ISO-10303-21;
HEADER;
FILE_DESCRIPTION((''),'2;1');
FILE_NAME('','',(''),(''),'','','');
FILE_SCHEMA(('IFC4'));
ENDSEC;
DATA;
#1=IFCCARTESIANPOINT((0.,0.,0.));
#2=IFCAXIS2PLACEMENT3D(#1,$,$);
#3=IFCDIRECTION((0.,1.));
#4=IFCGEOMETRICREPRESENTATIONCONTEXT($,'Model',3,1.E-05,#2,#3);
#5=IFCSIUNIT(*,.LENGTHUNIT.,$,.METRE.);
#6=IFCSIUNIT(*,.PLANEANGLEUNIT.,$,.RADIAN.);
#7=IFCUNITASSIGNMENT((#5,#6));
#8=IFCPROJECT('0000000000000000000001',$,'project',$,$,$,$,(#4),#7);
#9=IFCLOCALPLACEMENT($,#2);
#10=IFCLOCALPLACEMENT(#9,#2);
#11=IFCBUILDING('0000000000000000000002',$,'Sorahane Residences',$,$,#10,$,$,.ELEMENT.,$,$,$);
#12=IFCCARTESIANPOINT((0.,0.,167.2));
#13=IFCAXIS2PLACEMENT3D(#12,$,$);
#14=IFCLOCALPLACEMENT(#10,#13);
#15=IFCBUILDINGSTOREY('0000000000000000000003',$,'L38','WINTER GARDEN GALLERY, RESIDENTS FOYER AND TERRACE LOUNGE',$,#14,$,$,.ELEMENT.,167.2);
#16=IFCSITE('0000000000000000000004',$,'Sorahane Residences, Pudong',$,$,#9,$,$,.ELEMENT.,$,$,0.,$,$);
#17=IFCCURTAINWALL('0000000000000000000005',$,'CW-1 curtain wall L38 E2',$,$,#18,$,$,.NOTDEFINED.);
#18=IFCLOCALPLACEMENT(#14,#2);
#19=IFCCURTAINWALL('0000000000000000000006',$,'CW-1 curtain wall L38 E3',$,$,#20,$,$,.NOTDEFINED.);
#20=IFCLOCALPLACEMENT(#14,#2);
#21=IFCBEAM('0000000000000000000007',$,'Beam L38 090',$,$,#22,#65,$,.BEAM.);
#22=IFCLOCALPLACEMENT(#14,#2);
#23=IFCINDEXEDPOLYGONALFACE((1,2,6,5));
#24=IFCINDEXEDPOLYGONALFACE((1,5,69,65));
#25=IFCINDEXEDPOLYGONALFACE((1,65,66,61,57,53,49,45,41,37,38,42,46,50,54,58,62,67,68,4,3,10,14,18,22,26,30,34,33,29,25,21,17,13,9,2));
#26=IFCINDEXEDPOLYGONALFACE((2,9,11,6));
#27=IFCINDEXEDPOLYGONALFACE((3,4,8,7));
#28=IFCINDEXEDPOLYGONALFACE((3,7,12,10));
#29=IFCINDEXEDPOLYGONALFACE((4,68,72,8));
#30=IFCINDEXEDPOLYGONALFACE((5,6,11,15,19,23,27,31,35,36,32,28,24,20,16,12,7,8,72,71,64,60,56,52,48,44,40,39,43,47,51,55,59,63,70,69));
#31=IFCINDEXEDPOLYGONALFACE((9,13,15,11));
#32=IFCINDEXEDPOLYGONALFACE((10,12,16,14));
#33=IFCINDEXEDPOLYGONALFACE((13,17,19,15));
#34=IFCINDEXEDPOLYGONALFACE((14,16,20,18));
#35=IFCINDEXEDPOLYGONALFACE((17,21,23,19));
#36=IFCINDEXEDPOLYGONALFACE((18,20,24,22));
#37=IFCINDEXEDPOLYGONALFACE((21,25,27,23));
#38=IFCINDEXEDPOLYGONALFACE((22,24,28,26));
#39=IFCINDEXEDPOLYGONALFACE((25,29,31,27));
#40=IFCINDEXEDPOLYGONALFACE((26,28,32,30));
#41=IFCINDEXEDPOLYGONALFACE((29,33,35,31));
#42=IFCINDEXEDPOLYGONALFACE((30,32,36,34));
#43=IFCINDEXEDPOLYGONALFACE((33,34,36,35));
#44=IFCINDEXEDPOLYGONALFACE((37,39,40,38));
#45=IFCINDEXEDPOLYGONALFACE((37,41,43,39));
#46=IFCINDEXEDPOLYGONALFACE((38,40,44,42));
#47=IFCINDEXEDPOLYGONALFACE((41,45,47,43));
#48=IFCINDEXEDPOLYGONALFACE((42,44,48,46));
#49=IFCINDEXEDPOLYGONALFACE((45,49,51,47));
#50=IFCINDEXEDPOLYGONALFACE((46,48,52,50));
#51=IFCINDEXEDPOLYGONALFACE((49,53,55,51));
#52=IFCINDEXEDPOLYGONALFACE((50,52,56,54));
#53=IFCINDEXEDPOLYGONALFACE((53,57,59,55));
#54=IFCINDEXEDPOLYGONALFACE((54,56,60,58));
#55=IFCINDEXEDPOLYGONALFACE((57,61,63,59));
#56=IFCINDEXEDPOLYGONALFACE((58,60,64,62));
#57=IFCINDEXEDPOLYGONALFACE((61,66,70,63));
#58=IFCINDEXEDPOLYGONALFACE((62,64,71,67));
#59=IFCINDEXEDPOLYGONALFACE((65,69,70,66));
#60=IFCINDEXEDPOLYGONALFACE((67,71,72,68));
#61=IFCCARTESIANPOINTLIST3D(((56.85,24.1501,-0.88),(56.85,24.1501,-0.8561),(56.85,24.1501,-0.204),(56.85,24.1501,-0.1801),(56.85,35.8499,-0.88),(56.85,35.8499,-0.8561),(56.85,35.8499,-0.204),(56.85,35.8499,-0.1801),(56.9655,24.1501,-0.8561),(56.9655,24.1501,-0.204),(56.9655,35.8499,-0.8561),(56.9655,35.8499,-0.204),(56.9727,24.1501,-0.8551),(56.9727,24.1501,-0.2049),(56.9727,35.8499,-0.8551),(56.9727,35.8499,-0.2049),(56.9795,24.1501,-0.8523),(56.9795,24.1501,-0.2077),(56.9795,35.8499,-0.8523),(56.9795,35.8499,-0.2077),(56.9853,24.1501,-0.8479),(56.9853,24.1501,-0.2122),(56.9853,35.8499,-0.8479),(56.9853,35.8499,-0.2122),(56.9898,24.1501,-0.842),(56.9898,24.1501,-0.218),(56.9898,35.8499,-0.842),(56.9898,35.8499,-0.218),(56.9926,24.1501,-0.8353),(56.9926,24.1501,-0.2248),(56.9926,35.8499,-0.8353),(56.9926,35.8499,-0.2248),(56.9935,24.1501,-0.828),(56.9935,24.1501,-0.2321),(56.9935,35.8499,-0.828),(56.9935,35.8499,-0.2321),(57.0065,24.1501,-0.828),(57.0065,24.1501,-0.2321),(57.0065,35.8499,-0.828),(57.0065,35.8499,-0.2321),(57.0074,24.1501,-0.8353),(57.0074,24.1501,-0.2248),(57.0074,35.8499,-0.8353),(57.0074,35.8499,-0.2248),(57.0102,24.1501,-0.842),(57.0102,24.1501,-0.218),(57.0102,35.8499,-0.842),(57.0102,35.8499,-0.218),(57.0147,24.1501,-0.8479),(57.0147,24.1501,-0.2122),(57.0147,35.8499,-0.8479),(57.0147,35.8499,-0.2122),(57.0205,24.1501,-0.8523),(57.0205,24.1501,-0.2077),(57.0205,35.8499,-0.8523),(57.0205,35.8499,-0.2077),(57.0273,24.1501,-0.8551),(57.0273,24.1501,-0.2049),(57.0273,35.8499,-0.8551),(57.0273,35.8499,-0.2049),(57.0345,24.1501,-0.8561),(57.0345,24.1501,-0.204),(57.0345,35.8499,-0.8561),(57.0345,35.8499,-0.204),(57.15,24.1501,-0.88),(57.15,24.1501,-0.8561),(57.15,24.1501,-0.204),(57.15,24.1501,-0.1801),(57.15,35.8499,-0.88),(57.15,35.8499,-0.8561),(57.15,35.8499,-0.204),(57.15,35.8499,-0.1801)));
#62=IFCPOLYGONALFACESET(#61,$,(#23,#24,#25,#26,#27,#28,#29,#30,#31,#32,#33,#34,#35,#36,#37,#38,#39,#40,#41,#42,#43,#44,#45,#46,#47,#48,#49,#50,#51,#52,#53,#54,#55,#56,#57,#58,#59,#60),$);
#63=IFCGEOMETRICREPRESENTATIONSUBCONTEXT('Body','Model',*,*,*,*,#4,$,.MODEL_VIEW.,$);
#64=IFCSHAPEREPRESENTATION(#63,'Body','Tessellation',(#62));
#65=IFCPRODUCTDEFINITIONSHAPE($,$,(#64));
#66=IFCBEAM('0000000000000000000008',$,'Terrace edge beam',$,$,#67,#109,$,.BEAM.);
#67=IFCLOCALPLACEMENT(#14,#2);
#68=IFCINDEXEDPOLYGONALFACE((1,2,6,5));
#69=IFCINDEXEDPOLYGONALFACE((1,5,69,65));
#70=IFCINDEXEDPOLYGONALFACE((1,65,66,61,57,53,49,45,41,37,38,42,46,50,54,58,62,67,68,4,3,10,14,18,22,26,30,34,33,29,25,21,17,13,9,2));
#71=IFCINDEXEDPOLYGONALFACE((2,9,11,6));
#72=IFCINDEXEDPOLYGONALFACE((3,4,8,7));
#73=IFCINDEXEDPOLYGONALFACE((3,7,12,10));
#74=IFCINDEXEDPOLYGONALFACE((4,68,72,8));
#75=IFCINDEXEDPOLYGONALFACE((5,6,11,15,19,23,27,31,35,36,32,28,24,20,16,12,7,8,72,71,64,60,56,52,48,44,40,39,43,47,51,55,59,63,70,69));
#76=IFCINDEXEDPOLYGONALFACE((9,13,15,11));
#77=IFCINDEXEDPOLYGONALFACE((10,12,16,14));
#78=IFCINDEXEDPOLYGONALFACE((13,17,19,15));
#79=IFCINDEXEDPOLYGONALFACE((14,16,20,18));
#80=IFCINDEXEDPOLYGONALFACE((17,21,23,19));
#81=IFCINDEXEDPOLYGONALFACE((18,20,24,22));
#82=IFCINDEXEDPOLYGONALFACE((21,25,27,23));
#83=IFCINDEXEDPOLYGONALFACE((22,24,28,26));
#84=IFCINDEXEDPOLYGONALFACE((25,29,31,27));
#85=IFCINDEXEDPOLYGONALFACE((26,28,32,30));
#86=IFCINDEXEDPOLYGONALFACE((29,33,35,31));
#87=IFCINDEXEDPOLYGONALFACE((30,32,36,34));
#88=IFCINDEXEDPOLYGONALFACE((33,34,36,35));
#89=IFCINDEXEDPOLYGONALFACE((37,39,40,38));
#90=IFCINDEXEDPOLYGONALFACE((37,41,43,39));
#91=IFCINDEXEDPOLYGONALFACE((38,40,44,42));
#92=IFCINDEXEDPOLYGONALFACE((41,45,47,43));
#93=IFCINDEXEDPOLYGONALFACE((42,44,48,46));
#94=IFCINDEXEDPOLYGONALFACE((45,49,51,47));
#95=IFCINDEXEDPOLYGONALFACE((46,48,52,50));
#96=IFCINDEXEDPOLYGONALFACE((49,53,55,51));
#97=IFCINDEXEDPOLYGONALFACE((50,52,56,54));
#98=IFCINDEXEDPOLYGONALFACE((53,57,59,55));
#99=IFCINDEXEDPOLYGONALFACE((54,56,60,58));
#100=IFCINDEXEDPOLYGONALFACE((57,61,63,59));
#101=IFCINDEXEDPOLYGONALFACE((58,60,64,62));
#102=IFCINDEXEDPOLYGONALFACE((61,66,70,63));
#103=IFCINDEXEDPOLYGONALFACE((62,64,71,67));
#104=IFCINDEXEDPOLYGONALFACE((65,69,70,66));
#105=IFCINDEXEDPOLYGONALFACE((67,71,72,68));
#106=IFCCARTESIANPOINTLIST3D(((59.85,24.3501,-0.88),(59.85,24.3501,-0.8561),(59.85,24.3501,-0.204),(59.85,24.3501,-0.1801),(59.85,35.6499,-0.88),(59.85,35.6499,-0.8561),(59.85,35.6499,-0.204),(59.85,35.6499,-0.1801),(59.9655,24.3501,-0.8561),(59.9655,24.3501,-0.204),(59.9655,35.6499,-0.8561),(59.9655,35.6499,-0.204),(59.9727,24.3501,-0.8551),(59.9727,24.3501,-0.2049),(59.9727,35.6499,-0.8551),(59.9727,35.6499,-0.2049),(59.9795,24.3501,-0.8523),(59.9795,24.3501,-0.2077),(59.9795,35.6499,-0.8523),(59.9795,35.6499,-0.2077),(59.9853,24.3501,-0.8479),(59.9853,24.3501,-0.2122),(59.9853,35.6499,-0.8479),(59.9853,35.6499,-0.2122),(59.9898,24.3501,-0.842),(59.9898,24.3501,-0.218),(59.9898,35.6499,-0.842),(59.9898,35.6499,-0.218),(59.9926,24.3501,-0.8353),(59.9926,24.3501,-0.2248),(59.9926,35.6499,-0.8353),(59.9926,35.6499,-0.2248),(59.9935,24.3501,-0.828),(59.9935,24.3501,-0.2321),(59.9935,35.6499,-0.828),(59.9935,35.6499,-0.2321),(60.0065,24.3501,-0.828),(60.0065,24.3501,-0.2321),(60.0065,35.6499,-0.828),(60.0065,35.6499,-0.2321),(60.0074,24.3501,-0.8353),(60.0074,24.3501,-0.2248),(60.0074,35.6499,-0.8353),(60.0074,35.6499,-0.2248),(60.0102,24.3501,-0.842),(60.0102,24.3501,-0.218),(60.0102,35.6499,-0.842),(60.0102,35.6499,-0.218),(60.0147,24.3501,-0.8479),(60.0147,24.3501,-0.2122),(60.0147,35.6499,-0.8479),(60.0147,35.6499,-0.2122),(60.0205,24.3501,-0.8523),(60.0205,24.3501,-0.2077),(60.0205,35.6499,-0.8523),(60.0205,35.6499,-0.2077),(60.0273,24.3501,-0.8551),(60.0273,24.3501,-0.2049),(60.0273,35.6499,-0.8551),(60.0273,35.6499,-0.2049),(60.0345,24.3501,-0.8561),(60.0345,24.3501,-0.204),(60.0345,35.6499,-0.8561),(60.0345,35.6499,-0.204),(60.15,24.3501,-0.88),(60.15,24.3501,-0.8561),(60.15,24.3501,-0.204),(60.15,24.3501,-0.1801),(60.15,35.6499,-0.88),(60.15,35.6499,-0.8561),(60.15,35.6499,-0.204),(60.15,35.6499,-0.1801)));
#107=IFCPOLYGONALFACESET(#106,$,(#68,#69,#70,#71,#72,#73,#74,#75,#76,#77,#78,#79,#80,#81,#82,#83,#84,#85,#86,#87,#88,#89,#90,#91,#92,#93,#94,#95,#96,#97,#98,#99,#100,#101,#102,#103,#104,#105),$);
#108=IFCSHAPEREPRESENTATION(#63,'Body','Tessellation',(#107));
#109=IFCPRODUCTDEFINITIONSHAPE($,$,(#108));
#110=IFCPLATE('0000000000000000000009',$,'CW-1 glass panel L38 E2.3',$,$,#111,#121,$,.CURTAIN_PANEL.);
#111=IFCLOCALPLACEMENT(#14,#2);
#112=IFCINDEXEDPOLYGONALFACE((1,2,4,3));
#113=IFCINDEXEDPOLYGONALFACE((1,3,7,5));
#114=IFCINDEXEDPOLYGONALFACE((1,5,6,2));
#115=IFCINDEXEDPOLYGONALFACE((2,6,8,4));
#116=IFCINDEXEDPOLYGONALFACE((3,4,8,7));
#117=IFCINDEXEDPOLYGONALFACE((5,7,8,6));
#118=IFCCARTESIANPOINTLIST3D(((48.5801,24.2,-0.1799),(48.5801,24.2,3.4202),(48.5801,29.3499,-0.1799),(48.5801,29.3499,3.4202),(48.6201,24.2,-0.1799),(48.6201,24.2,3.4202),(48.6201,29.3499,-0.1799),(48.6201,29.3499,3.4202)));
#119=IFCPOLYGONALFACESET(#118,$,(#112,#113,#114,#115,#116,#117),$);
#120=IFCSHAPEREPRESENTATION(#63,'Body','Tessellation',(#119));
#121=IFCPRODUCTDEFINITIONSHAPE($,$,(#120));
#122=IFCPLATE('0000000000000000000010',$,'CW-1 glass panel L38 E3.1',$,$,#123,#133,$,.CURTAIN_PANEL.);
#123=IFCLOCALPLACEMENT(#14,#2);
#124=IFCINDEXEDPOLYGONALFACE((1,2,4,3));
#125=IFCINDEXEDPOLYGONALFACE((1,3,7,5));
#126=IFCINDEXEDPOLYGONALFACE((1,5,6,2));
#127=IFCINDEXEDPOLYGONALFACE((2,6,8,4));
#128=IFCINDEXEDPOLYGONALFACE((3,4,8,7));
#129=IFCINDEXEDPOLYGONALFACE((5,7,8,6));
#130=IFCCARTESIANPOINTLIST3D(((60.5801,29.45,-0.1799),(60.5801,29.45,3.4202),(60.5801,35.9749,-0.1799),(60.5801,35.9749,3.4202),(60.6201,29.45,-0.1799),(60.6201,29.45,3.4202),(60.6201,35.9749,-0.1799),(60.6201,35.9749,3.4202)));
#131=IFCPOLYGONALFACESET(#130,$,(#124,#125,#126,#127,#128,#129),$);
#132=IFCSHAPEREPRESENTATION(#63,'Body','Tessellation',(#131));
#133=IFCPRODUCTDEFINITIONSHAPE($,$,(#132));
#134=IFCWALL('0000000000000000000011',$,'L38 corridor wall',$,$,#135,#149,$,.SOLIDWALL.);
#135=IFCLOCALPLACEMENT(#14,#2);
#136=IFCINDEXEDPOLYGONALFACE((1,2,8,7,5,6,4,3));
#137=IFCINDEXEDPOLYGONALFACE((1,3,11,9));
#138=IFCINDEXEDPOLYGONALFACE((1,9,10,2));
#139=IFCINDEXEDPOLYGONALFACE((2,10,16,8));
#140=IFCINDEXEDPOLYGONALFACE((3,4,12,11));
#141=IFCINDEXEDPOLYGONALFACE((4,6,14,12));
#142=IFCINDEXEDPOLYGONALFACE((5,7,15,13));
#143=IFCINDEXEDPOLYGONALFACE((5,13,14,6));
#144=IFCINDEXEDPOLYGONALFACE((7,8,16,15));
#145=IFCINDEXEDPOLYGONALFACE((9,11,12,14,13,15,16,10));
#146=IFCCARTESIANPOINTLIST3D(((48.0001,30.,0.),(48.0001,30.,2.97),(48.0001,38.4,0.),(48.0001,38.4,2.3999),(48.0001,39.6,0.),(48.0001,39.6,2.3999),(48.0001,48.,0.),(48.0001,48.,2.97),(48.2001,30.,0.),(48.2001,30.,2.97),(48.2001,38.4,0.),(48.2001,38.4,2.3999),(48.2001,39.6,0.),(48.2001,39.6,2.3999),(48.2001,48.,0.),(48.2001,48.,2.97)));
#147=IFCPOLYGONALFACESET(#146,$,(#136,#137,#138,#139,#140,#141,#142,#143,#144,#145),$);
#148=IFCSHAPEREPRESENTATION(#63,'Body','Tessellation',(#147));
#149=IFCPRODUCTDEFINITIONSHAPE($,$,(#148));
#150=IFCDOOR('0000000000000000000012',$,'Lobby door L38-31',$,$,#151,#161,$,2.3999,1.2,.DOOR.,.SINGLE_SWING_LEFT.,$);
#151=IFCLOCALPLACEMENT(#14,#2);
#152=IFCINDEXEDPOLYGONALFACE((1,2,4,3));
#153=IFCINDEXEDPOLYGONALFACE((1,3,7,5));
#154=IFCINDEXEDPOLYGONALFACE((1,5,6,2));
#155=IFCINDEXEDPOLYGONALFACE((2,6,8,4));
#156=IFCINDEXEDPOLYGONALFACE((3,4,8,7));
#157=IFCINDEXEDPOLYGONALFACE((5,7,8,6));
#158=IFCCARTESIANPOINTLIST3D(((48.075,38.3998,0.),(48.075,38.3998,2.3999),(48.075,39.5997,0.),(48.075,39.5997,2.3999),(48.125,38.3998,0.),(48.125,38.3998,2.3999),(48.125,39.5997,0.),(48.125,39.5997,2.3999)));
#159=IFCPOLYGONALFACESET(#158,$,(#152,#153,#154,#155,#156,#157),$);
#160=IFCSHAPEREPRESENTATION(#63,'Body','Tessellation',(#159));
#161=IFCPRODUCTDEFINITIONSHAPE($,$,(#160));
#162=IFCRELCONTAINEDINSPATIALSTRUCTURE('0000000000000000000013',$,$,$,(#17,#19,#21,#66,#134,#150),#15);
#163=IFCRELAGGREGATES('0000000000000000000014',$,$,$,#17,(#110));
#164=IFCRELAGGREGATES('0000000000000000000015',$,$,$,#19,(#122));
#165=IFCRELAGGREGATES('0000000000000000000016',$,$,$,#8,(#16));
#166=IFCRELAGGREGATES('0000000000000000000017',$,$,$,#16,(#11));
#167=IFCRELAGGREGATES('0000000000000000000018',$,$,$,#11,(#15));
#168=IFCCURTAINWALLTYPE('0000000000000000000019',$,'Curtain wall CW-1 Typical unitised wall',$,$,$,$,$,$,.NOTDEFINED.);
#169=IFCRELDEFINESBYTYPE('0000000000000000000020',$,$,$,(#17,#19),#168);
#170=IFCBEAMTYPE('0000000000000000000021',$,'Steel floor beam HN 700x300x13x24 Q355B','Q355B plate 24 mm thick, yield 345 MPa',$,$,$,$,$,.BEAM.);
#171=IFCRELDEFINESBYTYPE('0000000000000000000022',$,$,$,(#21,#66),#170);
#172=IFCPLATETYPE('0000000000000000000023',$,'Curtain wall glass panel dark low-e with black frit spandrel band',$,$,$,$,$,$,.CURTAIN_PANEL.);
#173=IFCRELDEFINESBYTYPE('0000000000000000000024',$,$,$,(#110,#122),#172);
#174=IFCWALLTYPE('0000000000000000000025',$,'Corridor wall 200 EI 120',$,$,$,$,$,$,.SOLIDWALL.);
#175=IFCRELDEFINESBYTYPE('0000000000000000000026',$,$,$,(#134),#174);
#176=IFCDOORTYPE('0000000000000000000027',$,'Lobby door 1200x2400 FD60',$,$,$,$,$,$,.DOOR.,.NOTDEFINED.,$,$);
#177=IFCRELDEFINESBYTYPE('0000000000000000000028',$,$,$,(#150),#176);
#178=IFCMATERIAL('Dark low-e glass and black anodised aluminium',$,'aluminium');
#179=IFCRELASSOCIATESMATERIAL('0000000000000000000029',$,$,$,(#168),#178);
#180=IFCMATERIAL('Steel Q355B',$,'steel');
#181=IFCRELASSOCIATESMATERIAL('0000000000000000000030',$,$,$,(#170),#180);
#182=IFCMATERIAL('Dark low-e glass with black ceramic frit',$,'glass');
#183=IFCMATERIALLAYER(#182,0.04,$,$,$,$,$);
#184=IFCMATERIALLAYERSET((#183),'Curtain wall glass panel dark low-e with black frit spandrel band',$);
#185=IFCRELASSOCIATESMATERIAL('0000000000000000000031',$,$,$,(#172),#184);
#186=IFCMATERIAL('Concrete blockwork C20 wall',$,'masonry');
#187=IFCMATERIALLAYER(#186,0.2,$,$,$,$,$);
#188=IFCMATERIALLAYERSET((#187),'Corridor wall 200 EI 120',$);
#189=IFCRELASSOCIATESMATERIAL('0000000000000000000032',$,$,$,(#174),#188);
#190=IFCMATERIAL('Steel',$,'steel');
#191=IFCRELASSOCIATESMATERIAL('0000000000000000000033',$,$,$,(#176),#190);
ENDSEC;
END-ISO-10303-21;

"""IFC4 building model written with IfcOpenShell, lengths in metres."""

from ifc_helpers import new_model, si_unit, direction, frame, frame_2d, origin, origin_2d, place, context, subcontext, project, spatial, rectangle, i_section, extrude, material, layer, layer_set, material_profile, profile_set, type_object, element, fill, aggregate, save


model = new_model("IFC4")

# Units and contexts
model_context = context("Model", 3, precision=1e-05, world=origin(), true_north=direction((0.0, 1.0)))
body_context = subcontext(model_context, "Body", "Model", "MODEL_VIEW")
ifc_project = project(units=[si_unit("LENGTHUNIT", "METRE"), si_unit("PLANEANGLEUNIT", "RADIAN")], contexts=[model_context])

# Site, building, storey
site_placement = place(None, origin())
site = spatial("IfcSite", under=ifc_project, at=site_placement, Name="Sorahane Residences, Pudong", CompositionType="ELEMENT", RefElevation=0.0)
building_placement = place(site_placement, origin())
building = spatial("IfcBuilding", under=site, at=building_placement, Name="Sorahane Residences", CompositionType="ELEMENT")
storey_placement = place(building_placement, frame((0.0, 0.0, 167.2)))
storey = spatial("IfcBuildingStorey", under=building, at=storey_placement, Name="L38", Description="WINTER GARDEN GALLERY, RESIDENTS FOYER AND TERRACE LOUNGE", CompositionType="ELEMENT", Elevation=167.2)

# Curtain wall
ifc_material_1 = material(Name="Dark low-e glass and black anodised aluminium", Category="aluminium")
curtain_wall_type = type_object("IfcCurtainWallType", Name="Curtain wall CW-1 Typical unitised wall", PredefinedType="NOTDEFINED", material=ifc_material_1)
curtain_wall_1_placement = place(storey_placement, origin())
curtain_wall_1 = element("IfcCurtainWall", 1, at=curtain_wall_1_placement, inside=storey, type_object=curtain_wall_type, Name="CW-1 curtain wall L38 E2", PredefinedType="NOTDEFINED")

# Curtain wall
curtain_wall_2_placement = place(storey_placement, origin())
curtain_wall_2 = element("IfcCurtainWall", 2, at=curtain_wall_2_placement, inside=storey, type_object=curtain_wall_type, Name="CW-1 curtain wall L38 E3", PredefinedType="NOTDEFINED")

# Beams
ifc_material_2 = material(Name="Steel Q355B", Category="steel")
ifc_material_profile_1 = material_profile(ifc_material_2, i_section(OverallWidth=0.3, OverallDepth=0.7, WebThickness=0.0129, FlangeThickness=0.0239, FilletRadius=0.0281, at=origin_2d()), Name="HN 700x300x13x24")
ifc_profile_set_1 = profile_set([ifc_material_profile_1], Name="Steel Q355B")
beam_type_1 = type_object("IfcBeamType", Name="Steel floor beam HN 700x300x13x24 Q355B", Description="Q355B plate 24 mm thick, yield 345 MPa", PredefinedType="BEAM", material=ifc_profile_set_1)
beam_1_placement = place(storey_placement, frame((57.0, 24.1501, -0.53), z_axis=(0.0, 1.0, 0.0), x_axis=(-1.0, 0.0, 0.0)))
element("IfcBeam", 3, at=beam_1_placement, inside=storey, type_object=beam_type_1, Name="Beam L38 090", PredefinedType="BEAM", context=body_context, shape_type="SweptSolid", body=[
    extrude(i_section(OverallWidth=0.3, OverallDepth=0.7, WebThickness=0.0129, FlangeThickness=0.0239, FilletRadius=0.0281, at=origin_2d()), origin(), (0.0, 0.0, 1.0), 11.6997),
])
beam_2_placement = place(storey_placement, frame((60.0, 24.3501, -0.53), z_axis=(0.0, 1.0, 0.0), x_axis=(-1.0, 0.0, 0.0)))
element("IfcBeam", 4, at=beam_2_placement, inside=storey, type_object=beam_type_1, Name="Terrace edge beam", PredefinedType="BEAM", context=body_context, shape_type="SweptSolid", body=[
    extrude(i_section(OverallWidth=0.3, OverallDepth=0.7, WebThickness=0.0129, FlangeThickness=0.0239, FilletRadius=0.0281, at=origin_2d()), origin(), (0.0, 0.0, 1.0), 11.2998),
])

# Plates
ifc_material_3 = material(Name="Dark low-e glass with black ceramic frit", Category="glass")
ifc_layer_1 = layer(ifc_material_3, 0.04)
ifc_layer_set_1 = layer_set([ifc_layer_1], Name="Curtain wall glass panel dark low-e with black frit spandrel band")
plate_type = type_object("IfcPlateType", Name="Curtain wall glass panel dark low-e with black frit spandrel band", PredefinedType="CURTAIN_PANEL", material=ifc_layer_set_1)
plate_1_placement = place(storey_placement, frame((48.6001, 26.7749, -0.1799), z_axis=(0.0, 0.0, 1.0), x_axis=(0.0, 1.0, 0.0)))
plate_1 = element("IfcPlate", 5, at=plate_1_placement, type_object=plate_type, Name="CW-1 glass panel L38 E2.3", PredefinedType="CURTAIN_PANEL", context=body_context, shape_type="SweptSolid", body=[
    extrude(rectangle(XDim=5.1499, YDim=0.04, at=origin_2d()), origin(), (0.0, 0.0, 1.0), 3.6001),
])
aggregate(curtain_wall_1, [plate_1])
plate_2_placement = place(storey_placement, frame((60.6001, 32.7124, -0.1799), z_axis=(0.0, 0.0, 1.0), x_axis=(0.0, 1.0, 0.0)))
plate_2 = element("IfcPlate", 6, at=plate_2_placement, type_object=plate_type, Name="CW-1 glass panel L38 E3.1", PredefinedType="CURTAIN_PANEL", context=body_context, shape_type="SweptSolid", body=[
    extrude(rectangle(XDim=6.5249, YDim=0.04, at=origin_2d()), origin(), (0.0, 0.0, 1.0), 3.6001),
])
aggregate(curtain_wall_2, [plate_2])

# Wall, opening, door
ifc_material_4 = material(Name="Concrete blockwork C20 wall", Category="masonry")
ifc_layer_2 = layer(ifc_material_4, 0.2)
ifc_layer_set_2 = layer_set([ifc_layer_2], Name="Corridor wall 200 EI 120")
wall_type_1 = type_object("IfcWallType", Name="Corridor wall 200 EI 120", PredefinedType="SOLIDWALL", material=ifc_layer_set_2)
wall_1_placement = place(storey_placement, frame((48.1001, 30.0, 0.0), z_axis=(0.0, 0.0, 1.0), x_axis=(0.0, 1.0, 0.0)))
wall_1 = element("IfcWall", 7, at=wall_1_placement, inside=storey, type_object=wall_type_1, Name="L38 corridor wall", PredefinedType="SOLIDWALL", context=body_context, shape_type="SweptSolid", body=[
    extrude(rectangle(XDim=18.0, YDim=0.2, at=frame_2d((9.0, 0.0))), origin(), (0.0, 0.0, 1.0), 2.97),
])
opening_1_placement = place(wall_1_placement, frame((8.3999, 0.0, 0.0)))
opening_1 = element("IfcOpeningElement", 8, at=opening_1_placement, cuts=wall_1, PredefinedType="OPENING", context=body_context, shape_type="SweptSolid", body=[
    extrude(rectangle(XDim=1.2, YDim=2.3999, at=frame_2d((0.6001, 1.2))), frame((0.0, 0.1099, 0.0), z_axis=(0.0, -1.0, 0.0), x_axis=(1.0, 0.0, 0.0)), (0.0, 0.0, 1.0), 0.22),
])
ifc_material_5 = material(Name="Steel", Category="steel")
door_type_1 = type_object("IfcDoorType", Name="Lobby door 1200x2400 FD60", OperationType="NOTDEFINED", PredefinedType="DOOR", material=ifc_material_5)
door_1_placement = place(opening_1_placement, frame((1.2, 0.0, 0.0), z_axis=(0.0, 0.0, 1.0), x_axis=(-1.0, 0.0, 0.0)))
door_1 = element("IfcDoor", 9, at=door_1_placement, inside=storey, type_object=door_type_1, Name="Lobby door L38-31", OperationType="SINGLE_SWING_LEFT", OverallHeight=2.3999, OverallWidth=1.2, PredefinedType="DOOR", context=body_context, shape_type="SweptSolid", body=[
    extrude(rectangle(XDim=1.2, YDim=2.3999, at=frame_2d((0.6001, 1.2))), frame((0.0, 0.0249, 0.0), z_axis=(0.0, -1.0, 0.0), x_axis=(1.0, 0.0, 0.0)), (0.0, 0.0, 1.0), 0.05),
])
fill(opening_1, door_1)

save(model, "model.ifc")
